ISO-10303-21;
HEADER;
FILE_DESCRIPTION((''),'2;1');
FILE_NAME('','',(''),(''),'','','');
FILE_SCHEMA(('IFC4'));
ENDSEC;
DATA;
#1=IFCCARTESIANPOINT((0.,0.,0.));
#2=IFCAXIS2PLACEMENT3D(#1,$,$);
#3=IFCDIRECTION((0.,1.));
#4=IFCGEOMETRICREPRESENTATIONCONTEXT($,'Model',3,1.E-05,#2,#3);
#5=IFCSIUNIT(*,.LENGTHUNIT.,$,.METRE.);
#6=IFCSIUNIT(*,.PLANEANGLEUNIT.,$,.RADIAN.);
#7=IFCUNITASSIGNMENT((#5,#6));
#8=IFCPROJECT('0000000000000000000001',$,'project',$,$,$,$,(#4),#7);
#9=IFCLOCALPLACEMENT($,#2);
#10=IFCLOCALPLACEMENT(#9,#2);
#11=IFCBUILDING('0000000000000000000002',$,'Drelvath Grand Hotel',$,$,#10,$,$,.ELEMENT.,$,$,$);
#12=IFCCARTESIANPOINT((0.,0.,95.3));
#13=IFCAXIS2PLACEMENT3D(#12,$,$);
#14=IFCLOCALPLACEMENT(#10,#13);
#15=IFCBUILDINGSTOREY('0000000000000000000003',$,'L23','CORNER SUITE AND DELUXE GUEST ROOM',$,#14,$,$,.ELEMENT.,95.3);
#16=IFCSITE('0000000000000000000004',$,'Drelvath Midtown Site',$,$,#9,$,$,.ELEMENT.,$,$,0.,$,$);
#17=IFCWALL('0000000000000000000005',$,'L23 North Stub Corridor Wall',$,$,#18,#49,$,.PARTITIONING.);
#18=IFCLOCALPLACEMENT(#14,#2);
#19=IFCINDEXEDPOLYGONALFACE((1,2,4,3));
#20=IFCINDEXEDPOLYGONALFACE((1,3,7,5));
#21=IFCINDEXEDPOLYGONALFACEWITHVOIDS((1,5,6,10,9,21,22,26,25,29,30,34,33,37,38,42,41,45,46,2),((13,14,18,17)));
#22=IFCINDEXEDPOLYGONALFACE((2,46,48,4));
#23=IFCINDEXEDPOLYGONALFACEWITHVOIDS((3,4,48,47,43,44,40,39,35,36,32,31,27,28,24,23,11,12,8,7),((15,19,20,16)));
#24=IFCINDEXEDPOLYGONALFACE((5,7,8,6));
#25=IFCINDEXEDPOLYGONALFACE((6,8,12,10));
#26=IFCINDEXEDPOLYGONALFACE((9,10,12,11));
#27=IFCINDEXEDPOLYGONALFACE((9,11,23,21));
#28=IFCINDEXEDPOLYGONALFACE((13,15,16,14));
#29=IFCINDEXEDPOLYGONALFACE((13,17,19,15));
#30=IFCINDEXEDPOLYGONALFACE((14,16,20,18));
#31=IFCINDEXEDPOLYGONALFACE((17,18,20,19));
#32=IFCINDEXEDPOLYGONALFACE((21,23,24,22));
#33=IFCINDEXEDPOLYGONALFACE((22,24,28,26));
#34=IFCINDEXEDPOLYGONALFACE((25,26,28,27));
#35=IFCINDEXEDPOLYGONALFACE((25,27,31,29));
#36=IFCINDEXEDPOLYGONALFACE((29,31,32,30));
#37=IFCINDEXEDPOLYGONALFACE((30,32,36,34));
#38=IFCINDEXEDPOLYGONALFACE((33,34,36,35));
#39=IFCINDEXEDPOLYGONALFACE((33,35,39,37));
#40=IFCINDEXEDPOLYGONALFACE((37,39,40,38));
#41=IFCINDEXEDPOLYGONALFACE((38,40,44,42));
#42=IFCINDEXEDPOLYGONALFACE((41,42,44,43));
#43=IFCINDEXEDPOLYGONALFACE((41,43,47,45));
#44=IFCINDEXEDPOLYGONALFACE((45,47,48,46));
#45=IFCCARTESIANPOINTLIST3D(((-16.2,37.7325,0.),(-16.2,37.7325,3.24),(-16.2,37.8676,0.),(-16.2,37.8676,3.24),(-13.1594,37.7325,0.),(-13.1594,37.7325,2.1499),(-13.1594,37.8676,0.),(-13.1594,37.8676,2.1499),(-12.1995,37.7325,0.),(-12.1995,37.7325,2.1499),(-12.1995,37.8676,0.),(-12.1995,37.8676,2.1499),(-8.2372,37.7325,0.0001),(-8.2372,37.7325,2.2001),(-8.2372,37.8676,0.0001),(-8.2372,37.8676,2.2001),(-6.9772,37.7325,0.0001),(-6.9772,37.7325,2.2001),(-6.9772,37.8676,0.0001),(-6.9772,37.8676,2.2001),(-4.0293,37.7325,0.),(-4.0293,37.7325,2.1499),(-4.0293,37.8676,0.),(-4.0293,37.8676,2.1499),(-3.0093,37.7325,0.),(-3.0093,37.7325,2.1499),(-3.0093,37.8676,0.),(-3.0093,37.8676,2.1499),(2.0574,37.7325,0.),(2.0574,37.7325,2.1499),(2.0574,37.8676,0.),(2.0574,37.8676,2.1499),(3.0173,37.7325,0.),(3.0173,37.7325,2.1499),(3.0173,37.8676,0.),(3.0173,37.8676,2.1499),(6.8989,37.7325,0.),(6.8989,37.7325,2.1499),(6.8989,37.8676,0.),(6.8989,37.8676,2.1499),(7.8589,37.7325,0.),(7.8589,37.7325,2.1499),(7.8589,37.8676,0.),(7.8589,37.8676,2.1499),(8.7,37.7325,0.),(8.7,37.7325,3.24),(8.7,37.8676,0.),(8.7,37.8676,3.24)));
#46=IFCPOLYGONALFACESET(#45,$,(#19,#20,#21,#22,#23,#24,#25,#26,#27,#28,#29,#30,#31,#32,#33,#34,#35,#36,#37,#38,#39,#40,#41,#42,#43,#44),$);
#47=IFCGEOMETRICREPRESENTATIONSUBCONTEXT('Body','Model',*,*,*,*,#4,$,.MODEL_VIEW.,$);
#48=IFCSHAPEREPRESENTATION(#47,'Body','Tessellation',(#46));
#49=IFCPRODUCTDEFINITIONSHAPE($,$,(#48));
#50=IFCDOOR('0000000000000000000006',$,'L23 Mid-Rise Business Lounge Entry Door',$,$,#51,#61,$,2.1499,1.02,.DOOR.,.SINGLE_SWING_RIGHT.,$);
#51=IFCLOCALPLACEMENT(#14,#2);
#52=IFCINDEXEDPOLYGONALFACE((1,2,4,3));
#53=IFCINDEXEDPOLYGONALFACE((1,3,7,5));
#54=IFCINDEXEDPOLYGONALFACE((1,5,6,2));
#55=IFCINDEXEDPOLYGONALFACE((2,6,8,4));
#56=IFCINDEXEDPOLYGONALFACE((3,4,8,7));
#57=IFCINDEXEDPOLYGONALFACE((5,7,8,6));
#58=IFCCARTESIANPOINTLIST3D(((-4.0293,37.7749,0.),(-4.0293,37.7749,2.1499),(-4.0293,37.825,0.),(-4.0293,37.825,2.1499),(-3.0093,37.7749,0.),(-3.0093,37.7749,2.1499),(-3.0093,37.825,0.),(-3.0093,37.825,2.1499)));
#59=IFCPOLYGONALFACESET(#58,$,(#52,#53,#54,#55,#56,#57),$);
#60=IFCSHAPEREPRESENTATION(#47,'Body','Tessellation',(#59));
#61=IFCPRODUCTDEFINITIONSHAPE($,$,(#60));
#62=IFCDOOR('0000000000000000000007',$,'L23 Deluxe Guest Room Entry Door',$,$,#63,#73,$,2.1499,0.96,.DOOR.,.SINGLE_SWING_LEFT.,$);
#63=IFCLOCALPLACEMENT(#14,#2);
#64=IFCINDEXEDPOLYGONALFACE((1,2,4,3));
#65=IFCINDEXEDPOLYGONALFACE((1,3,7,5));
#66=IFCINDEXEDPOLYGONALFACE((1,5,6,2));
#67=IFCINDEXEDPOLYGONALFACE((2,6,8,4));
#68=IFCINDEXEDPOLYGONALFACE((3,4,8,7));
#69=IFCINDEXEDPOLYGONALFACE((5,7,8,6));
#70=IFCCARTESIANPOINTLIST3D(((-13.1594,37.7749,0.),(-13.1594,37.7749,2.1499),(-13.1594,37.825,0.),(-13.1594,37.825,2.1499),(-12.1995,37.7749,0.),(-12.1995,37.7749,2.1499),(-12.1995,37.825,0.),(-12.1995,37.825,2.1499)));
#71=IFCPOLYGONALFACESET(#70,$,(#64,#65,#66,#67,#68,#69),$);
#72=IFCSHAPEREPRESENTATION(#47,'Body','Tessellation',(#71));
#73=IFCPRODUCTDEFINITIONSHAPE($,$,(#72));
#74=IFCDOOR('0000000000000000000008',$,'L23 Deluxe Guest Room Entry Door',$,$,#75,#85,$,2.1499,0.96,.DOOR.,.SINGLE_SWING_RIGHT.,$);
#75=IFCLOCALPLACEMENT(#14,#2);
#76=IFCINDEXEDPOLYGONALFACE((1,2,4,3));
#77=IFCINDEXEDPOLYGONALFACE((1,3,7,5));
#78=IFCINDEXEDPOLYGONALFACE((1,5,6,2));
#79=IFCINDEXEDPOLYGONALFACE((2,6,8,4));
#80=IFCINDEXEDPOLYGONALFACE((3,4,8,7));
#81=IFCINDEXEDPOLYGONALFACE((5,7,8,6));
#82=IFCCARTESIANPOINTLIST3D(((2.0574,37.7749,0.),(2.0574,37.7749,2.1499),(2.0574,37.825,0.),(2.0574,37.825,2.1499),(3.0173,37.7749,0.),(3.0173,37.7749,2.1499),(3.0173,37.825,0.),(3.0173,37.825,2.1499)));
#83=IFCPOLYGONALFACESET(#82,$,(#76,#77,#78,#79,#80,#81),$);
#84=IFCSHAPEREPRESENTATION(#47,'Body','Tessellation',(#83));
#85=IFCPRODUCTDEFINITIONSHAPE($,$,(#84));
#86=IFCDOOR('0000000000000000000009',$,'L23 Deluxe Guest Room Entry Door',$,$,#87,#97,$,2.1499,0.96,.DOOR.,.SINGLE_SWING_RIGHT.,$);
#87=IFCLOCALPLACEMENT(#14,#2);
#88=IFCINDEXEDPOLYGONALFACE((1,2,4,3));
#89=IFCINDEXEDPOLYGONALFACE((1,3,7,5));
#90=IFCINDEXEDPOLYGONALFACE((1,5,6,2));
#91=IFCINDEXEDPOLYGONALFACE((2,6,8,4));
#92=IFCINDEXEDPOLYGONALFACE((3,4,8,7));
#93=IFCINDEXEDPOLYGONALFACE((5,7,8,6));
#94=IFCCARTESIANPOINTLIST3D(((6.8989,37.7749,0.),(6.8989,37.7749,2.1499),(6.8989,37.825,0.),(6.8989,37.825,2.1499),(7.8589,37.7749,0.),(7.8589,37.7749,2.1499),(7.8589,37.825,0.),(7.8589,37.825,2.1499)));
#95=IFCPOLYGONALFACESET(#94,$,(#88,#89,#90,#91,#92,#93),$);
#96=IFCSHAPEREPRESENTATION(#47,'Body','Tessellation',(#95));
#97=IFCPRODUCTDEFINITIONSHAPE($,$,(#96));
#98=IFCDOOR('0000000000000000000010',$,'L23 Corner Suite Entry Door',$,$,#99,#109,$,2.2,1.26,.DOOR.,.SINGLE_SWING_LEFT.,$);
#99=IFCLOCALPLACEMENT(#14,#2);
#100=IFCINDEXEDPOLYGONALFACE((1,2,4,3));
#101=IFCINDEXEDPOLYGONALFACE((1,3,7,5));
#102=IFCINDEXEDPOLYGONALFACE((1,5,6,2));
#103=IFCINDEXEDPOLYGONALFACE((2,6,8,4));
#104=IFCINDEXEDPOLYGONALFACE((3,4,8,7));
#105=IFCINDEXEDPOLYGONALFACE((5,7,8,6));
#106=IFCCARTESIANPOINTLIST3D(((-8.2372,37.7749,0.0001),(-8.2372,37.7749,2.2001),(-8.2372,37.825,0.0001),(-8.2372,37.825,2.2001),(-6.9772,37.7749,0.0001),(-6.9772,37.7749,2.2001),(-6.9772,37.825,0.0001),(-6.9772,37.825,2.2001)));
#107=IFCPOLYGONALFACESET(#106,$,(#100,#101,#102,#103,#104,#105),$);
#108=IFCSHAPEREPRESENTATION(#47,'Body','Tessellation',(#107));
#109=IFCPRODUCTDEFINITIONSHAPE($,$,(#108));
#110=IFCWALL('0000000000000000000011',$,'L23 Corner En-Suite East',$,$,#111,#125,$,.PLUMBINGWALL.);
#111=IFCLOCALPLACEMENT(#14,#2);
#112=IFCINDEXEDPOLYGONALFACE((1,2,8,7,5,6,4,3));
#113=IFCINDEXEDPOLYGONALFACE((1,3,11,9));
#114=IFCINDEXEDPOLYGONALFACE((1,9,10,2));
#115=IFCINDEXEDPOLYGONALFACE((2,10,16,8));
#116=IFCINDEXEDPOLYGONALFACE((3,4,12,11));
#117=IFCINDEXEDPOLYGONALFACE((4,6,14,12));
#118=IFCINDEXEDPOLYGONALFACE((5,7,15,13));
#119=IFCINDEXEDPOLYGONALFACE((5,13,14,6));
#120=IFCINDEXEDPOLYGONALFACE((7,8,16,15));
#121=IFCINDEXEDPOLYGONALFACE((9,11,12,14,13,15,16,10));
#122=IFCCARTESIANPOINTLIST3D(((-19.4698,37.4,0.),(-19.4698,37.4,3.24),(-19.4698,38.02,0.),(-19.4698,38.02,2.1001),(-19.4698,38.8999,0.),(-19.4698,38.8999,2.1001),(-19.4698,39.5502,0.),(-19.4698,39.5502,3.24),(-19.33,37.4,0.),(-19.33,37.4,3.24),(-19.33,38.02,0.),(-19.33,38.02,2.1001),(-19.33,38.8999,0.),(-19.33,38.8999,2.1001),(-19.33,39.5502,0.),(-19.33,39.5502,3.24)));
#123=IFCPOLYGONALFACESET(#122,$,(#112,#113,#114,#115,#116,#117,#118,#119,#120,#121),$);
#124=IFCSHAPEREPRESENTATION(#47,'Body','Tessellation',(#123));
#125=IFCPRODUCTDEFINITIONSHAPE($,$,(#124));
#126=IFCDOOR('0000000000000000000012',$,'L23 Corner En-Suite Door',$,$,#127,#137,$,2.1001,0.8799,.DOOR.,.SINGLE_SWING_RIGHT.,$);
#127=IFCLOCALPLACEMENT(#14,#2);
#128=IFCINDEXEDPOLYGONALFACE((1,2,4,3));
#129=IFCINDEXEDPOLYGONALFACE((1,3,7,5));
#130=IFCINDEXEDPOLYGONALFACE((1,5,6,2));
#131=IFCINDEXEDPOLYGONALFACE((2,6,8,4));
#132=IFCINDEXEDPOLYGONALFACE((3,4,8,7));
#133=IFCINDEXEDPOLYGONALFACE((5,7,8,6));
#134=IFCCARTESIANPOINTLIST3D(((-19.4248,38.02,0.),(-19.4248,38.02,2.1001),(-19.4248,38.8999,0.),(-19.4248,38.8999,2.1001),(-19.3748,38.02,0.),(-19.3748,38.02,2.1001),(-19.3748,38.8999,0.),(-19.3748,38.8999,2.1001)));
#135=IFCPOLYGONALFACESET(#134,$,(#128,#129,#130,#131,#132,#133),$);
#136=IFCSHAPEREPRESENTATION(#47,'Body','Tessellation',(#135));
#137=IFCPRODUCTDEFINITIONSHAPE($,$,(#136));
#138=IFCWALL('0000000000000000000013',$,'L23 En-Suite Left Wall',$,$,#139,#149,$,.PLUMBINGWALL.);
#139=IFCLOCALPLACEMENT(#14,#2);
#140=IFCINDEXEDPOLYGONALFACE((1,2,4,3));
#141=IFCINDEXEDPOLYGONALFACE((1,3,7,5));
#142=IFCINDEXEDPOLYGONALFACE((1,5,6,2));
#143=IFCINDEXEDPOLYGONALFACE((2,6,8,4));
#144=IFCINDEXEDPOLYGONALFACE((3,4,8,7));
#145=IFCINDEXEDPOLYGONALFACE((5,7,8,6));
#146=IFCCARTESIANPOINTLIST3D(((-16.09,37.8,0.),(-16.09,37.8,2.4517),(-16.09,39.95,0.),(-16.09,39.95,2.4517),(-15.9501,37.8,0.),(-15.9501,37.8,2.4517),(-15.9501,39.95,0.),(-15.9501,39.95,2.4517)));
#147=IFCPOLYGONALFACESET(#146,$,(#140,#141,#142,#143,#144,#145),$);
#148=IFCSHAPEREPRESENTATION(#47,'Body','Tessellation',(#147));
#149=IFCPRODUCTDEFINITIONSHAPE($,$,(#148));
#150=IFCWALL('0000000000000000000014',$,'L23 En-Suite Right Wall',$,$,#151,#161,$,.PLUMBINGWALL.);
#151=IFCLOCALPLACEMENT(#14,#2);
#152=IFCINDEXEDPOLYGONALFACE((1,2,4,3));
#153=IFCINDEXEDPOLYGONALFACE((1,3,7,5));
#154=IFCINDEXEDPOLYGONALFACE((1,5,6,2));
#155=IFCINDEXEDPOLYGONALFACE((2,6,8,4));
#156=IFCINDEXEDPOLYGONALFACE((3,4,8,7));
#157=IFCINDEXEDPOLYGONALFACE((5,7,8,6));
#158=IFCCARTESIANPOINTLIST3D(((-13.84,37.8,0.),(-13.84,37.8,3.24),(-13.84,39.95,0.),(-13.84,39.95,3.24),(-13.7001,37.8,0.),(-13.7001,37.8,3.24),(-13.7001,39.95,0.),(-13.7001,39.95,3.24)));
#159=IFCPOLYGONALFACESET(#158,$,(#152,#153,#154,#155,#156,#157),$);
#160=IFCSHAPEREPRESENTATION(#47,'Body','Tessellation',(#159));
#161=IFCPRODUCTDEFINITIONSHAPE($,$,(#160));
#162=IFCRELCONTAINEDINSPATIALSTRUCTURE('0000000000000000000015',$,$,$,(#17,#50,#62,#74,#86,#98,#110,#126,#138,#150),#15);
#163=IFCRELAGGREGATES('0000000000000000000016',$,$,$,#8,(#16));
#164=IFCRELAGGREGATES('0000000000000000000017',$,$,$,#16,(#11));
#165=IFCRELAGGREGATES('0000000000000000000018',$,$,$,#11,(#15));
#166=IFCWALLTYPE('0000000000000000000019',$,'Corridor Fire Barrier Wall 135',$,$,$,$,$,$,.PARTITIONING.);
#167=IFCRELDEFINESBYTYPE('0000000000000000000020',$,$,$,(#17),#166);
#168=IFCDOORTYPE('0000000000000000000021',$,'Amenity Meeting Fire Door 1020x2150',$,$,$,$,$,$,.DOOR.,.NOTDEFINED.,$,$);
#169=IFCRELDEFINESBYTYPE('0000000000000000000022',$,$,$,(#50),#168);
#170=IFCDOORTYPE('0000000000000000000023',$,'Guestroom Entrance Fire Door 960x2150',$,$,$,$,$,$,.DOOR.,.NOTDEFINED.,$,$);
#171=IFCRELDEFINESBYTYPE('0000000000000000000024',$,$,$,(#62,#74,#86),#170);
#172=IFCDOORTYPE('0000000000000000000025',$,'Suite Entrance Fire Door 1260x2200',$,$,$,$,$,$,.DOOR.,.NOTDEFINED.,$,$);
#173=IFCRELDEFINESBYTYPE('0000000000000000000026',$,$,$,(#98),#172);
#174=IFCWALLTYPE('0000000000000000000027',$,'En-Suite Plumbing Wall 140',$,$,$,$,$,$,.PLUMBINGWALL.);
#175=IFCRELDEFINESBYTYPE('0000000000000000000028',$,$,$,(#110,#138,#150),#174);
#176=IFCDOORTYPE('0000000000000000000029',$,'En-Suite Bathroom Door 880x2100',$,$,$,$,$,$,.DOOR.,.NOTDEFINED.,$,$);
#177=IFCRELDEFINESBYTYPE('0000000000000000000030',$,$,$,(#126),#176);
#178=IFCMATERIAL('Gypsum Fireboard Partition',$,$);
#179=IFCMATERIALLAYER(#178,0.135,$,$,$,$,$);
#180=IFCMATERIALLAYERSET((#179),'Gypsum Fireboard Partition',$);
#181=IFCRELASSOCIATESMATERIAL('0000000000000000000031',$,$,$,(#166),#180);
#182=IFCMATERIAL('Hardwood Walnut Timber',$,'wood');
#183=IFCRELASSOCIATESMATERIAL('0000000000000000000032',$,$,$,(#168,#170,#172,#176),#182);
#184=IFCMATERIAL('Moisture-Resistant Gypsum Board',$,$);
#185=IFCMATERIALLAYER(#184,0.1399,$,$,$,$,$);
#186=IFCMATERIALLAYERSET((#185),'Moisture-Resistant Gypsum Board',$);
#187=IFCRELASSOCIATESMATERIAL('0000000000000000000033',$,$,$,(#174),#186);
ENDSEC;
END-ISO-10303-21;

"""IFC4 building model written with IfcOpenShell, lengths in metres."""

from ifc_helpers import new_model, si_unit, direction, frame, frame_2d, origin, place, context, subcontext, project, spatial, rectangle, extrude, material, layer, layer_set, type_object, element, fill, save


model = new_model("IFC4")

# Units and contexts
model_context = context("Model", 3, precision=1e-05, world=origin(), true_north=direction((0.0, 1.0)))
body_context = subcontext(model_context, "Body", "Model", "MODEL_VIEW")
ifc_project = project(units=[si_unit("LENGTHUNIT", "METRE"), si_unit("PLANEANGLEUNIT", "RADIAN")], contexts=[model_context])

# Site, building, storey
site_placement = place(None, origin())
site = spatial("IfcSite", under=ifc_project, at=site_placement, Name="Drelvath Midtown Site", CompositionType="ELEMENT", RefElevation=0.0)
building_placement = place(site_placement, origin())
building = spatial("IfcBuilding", under=site, at=building_placement, Name="Drelvath Grand Hotel", CompositionType="ELEMENT")
storey_placement = place(building_placement, frame((0.0, 0.0, 95.3)))
storey = spatial("IfcBuildingStorey", under=building, at=storey_placement, Name="L23", Description="CORNER SUITE AND DELUXE GUEST ROOM", CompositionType="ELEMENT", Elevation=95.3)

# Shared definitions
ifc_material_1 = material(Name="Gypsum Fireboard Partition")
ifc_layer_1 = layer(ifc_material_1, 0.135)
ifc_layer_set_1 = layer_set([ifc_layer_1], Name="Gypsum Fireboard Partition")
wall_type_1 = type_object("IfcWallType", Name="Corridor Fire Barrier Wall 135", PredefinedType="PARTITIONING", material=ifc_layer_set_1)

# Wall, openings, doors
wall_1_placement = place(storey_placement, frame((-16.2, 37.8, 0.0), z_axis=(0.0, 0.0, 1.0), x_axis=(1.0, 0.0, 0.0)))
wall_1 = element("IfcWall", 1, at=wall_1_placement, inside=storey, type_object=wall_type_1, Name="L23 North Stub Corridor Wall", PredefinedType="PARTITIONING", context=body_context, shape_type="SweptSolid", body=[
    extrude(rectangle(XDim=24.8999, YDim=0.135, at=frame_2d((12.45, 0.0))), origin(), (0.0, 0.0, 1.0), 3.24),
])
opening_1_placement = place(wall_1_placement, frame((3.0405, 0.0, 0.0)))
opening_1 = element("IfcOpeningElement", 2, at=opening_1_placement, cuts=wall_1, PredefinedType="OPENING", context=body_context, shape_type="SweptSolid", body=[
    extrude(rectangle(XDim=0.96, YDim=2.1499, at=frame_2d((0.48, 1.075))), frame((0.0, 0.0774, 0.0), z_axis=(0.0, -1.0, 0.0), x_axis=(1.0, 0.0, 0.0)), (0.0, 0.0, 1.0), 0.155),
])
opening_2_placement = place(wall_1_placement, frame((7.9629, 0.0, 0.0)))
opening_2 = element("IfcOpeningElement", 3, at=opening_2_placement, cuts=wall_1, PredefinedType="OPENING", context=body_context, shape_type="SweptSolid", body=[
    extrude(rectangle(XDim=1.26, YDim=2.2, at=frame_2d((0.6299, 1.1001))), frame((0.0, 0.0774, 0.0), z_axis=(0.0, -1.0, 0.0), x_axis=(1.0, 0.0, 0.0)), (0.0, 0.0, 1.0), 0.155),
])
opening_3_placement = place(wall_1_placement, frame((12.1707, 0.0, 0.0)))
opening_3 = element("IfcOpeningElement", 4, at=opening_3_placement, cuts=wall_1, PredefinedType="OPENING", context=body_context, shape_type="SweptSolid", body=[
    extrude(rectangle(XDim=1.02, YDim=2.1499, at=frame_2d((0.51, 1.075))), frame((0.0, 0.0774, 0.0), z_axis=(0.0, -1.0, 0.0), x_axis=(1.0, 0.0, 0.0)), (0.0, 0.0, 1.0), 0.155),
])
opening_4_placement = place(wall_1_placement, frame((18.2573, 0.0, 0.0)))
opening_4 = element("IfcOpeningElement", 5, at=opening_4_placement, cuts=wall_1, PredefinedType="OPENING", context=body_context, shape_type="SweptSolid", body=[
    extrude(rectangle(XDim=0.96, YDim=2.1499, at=frame_2d((0.48, 1.075))), frame((0.0, 0.0774, 0.0), z_axis=(0.0, -1.0, 0.0), x_axis=(1.0, 0.0, 0.0)), (0.0, 0.0, 1.0), 0.155),
])
opening_5_placement = place(wall_1_placement, frame((23.0989, 0.0, 0.0)))
opening_5 = element("IfcOpeningElement", 6, at=opening_5_placement, cuts=wall_1, PredefinedType="OPENING", context=body_context, shape_type="SweptSolid", body=[
    extrude(rectangle(XDim=0.96, YDim=2.1499, at=frame_2d((0.48, 1.075))), frame((0.0, 0.0774, 0.0), z_axis=(0.0, -1.0, 0.0), x_axis=(1.0, 0.0, 0.0)), (0.0, 0.0, 1.0), 0.155),
])
ifc_material_2 = material(Name="Hardwood Walnut Timber", Category="wood")
door_type_1 = type_object("IfcDoorType", Name="Amenity Meeting Fire Door 1020x2150", OperationType="NOTDEFINED", PredefinedType="DOOR", material=ifc_material_2)
door_1_placement = place(opening_3_placement, origin())
door_1 = element("IfcDoor", 7, at=door_1_placement, inside=storey, type_object=door_type_1, Name="L23 Mid-Rise Business Lounge Entry Door", OperationType="SINGLE_SWING_RIGHT", OverallHeight=2.1499, OverallWidth=1.02, PredefinedType="DOOR", context=body_context, shape_type="SweptSolid", body=[
    extrude(rectangle(XDim=1.02, YDim=2.1499, at=frame_2d((0.51, 1.075))), frame((0.0, 0.0249, 0.0), z_axis=(0.0, -1.0, 0.0), x_axis=(1.0, 0.0, 0.0)), (0.0, 0.0, 1.0), 0.05),
])
fill(opening_3, door_1)
door_type_2 = type_object("IfcDoorType", Name="Guestroom Entrance Fire Door 960x2150", OperationType="NOTDEFINED", PredefinedType="DOOR", material=ifc_material_2)
door_2_placement = place(opening_1_placement, origin())
door_2 = element("IfcDoor", 8, at=door_2_placement, inside=storey, type_object=door_type_2, Name="L23 Deluxe Guest Room Entry Door", OperationType="SINGLE_SWING_LEFT", OverallHeight=2.1499, OverallWidth=0.96, PredefinedType="DOOR", context=body_context, shape_type="SweptSolid", body=[
    extrude(rectangle(XDim=0.96, YDim=2.1499, at=frame_2d((0.48, 1.075))), frame((0.0, 0.0249, 0.0), z_axis=(0.0, -1.0, 0.0), x_axis=(1.0, 0.0, 0.0)), (0.0, 0.0, 1.0), 0.05),
])
fill(opening_1, door_2)
door_3_placement = place(opening_4_placement, origin())
door_3 = element("IfcDoor", 9, at=door_3_placement, inside=storey, type_object=door_type_2, Name="L23 Deluxe Guest Room Entry Door", OperationType="SINGLE_SWING_RIGHT", OverallHeight=2.1499, OverallWidth=0.96, PredefinedType="DOOR", context=body_context, shape_type="SweptSolid", body=[
    extrude(rectangle(XDim=0.96, YDim=2.1499, at=frame_2d((0.48, 1.075))), frame((0.0, 0.0249, 0.0), z_axis=(0.0, -1.0, 0.0), x_axis=(1.0, 0.0, 0.0)), (0.0, 0.0, 1.0), 0.05),
])
fill(opening_4, door_3)
door_4_placement = place(opening_5_placement, origin())
door_4 = element("IfcDoor", 10, at=door_4_placement, inside=storey, type_object=door_type_2, Name="L23 Deluxe Guest Room Entry Door", OperationType="SINGLE_SWING_RIGHT", OverallHeight=2.1499, OverallWidth=0.96, PredefinedType="DOOR", context=body_context, shape_type="SweptSolid", body=[
    extrude(rectangle(XDim=0.96, YDim=2.1499, at=frame_2d((0.48, 1.075))), frame((0.0, 0.0249, 0.0), z_axis=(0.0, -1.0, 0.0), x_axis=(1.0, 0.0, 0.0)), (0.0, 0.0, 1.0), 0.05),
])
fill(opening_5, door_4)
door_type_3 = type_object("IfcDoorType", Name="Suite Entrance Fire Door 1260x2200", OperationType="NOTDEFINED", PredefinedType="DOOR", material=ifc_material_2)
door_5_placement = place(opening_2_placement, origin())
door_5 = element("IfcDoor", 11, at=door_5_placement, inside=storey, type_object=door_type_3, Name="L23 Corner Suite Entry Door", OperationType="SINGLE_SWING_LEFT", OverallHeight=2.2, OverallWidth=1.26, PredefinedType="DOOR", context=body_context, shape_type="SweptSolid", body=[
    extrude(rectangle(XDim=1.26, YDim=2.2, at=frame_2d((0.6299, 1.1001))), frame((0.0, 0.0249, 0.0), z_axis=(0.0, -1.0, 0.0), x_axis=(1.0, 0.0, 0.0)), (0.0, 0.0, 1.0), 0.05),
])
fill(opening_2, door_5)

# Wall, opening, door
ifc_material_3 = material(Name="Moisture-Resistant Gypsum Board")
ifc_layer_2 = layer(ifc_material_3, 0.1399)
ifc_layer_set_2 = layer_set([ifc_layer_2], Name="Moisture-Resistant Gypsum Board")
wall_type_2 = type_object("IfcWallType", Name="En-Suite Plumbing Wall 140", PredefinedType="PLUMBINGWALL", material=ifc_layer_set_2)
wall_2_placement = place(storey_placement, frame((-19.3999, 37.3999, 0.0), z_axis=(0.0, 0.0, 1.0), x_axis=(0.0, 1.0, 0.0)))
wall_2 = element("IfcWall", 12, at=wall_2_placement, inside=storey, type_object=wall_type_2, Name="L23 Corner En-Suite East", PredefinedType="PLUMBINGWALL", context=body_context, shape_type="SweptSolid", body=[
    extrude(rectangle(XDim=2.1501, YDim=0.1399, at=frame_2d((1.0752, 0.0))), origin(), (0.0, 0.0, 1.0), 3.24),
])
opening_6_placement = place(wall_2_placement, frame((0.6201, 0.0, 0.0)))
opening_6 = element("IfcOpeningElement", 13, at=opening_6_placement, cuts=wall_2, PredefinedType="OPENING", context=body_context, shape_type="SweptSolid", body=[
    extrude(rectangle(XDim=0.8799, YDim=2.1001, at=frame_2d((0.4399, 1.05))), frame((0.0, 0.0798, 0.0), z_axis=(0.0, -1.0, 0.0), x_axis=(1.0, 0.0, 0.0)), (0.0, 0.0, 1.0), 0.1599),
])
door_type_4 = type_object("IfcDoorType", Name="En-Suite Bathroom Door 880x2100", OperationType="NOTDEFINED", PredefinedType="DOOR", material=ifc_material_2)
door_6_placement = place(opening_6_placement, origin())
door_6 = element("IfcDoor", 14, at=door_6_placement, inside=storey, type_object=door_type_4, Name="L23 Corner En-Suite Door", OperationType="SINGLE_SWING_RIGHT", OverallHeight=2.1001, OverallWidth=0.8799, PredefinedType="DOOR", context=body_context, shape_type="SweptSolid", body=[
    extrude(rectangle(XDim=0.8799, YDim=2.1001, at=frame_2d((0.4399, 1.05))), frame((0.0, 0.0249, 0.0), z_axis=(0.0, -1.0, 0.0), x_axis=(1.0, 0.0, 0.0)), (0.0, 0.0, 1.0), 0.05),
])
fill(opening_6, door_6)

# Walls
wall_3_placement = place(storey_placement, frame((-16.02, 37.8, 0.0), z_axis=(0.0, 0.0, 1.0), x_axis=(0.0, 1.0, 0.0)))
element("IfcWall", 15, at=wall_3_placement, inside=storey, type_object=wall_type_2, Name="L23 En-Suite Left Wall", PredefinedType="PLUMBINGWALL", context=body_context, shape_type="SweptSolid", body=[
    extrude(rectangle(XDim=2.1499, YDim=0.1399, at=frame_2d((1.075, 0.0))), origin(), (0.0, 0.0, 1.0), 2.4517),
])
wall_4_placement = place(storey_placement, frame((-13.77, 37.8, 0.0), z_axis=(0.0, 0.0, 1.0), x_axis=(0.0, 1.0, 0.0)))
element("IfcWall", 16, at=wall_4_placement, inside=storey, type_object=wall_type_2, Name="L23 En-Suite Right Wall", PredefinedType="PLUMBINGWALL", context=body_context, shape_type="SweptSolid", body=[
    extrude(rectangle(XDim=2.1499, YDim=0.1399, at=frame_2d((1.075, 0.0))), origin(), (0.0, 0.0, 1.0), 3.24),
])

save(model, "model.ifc")
